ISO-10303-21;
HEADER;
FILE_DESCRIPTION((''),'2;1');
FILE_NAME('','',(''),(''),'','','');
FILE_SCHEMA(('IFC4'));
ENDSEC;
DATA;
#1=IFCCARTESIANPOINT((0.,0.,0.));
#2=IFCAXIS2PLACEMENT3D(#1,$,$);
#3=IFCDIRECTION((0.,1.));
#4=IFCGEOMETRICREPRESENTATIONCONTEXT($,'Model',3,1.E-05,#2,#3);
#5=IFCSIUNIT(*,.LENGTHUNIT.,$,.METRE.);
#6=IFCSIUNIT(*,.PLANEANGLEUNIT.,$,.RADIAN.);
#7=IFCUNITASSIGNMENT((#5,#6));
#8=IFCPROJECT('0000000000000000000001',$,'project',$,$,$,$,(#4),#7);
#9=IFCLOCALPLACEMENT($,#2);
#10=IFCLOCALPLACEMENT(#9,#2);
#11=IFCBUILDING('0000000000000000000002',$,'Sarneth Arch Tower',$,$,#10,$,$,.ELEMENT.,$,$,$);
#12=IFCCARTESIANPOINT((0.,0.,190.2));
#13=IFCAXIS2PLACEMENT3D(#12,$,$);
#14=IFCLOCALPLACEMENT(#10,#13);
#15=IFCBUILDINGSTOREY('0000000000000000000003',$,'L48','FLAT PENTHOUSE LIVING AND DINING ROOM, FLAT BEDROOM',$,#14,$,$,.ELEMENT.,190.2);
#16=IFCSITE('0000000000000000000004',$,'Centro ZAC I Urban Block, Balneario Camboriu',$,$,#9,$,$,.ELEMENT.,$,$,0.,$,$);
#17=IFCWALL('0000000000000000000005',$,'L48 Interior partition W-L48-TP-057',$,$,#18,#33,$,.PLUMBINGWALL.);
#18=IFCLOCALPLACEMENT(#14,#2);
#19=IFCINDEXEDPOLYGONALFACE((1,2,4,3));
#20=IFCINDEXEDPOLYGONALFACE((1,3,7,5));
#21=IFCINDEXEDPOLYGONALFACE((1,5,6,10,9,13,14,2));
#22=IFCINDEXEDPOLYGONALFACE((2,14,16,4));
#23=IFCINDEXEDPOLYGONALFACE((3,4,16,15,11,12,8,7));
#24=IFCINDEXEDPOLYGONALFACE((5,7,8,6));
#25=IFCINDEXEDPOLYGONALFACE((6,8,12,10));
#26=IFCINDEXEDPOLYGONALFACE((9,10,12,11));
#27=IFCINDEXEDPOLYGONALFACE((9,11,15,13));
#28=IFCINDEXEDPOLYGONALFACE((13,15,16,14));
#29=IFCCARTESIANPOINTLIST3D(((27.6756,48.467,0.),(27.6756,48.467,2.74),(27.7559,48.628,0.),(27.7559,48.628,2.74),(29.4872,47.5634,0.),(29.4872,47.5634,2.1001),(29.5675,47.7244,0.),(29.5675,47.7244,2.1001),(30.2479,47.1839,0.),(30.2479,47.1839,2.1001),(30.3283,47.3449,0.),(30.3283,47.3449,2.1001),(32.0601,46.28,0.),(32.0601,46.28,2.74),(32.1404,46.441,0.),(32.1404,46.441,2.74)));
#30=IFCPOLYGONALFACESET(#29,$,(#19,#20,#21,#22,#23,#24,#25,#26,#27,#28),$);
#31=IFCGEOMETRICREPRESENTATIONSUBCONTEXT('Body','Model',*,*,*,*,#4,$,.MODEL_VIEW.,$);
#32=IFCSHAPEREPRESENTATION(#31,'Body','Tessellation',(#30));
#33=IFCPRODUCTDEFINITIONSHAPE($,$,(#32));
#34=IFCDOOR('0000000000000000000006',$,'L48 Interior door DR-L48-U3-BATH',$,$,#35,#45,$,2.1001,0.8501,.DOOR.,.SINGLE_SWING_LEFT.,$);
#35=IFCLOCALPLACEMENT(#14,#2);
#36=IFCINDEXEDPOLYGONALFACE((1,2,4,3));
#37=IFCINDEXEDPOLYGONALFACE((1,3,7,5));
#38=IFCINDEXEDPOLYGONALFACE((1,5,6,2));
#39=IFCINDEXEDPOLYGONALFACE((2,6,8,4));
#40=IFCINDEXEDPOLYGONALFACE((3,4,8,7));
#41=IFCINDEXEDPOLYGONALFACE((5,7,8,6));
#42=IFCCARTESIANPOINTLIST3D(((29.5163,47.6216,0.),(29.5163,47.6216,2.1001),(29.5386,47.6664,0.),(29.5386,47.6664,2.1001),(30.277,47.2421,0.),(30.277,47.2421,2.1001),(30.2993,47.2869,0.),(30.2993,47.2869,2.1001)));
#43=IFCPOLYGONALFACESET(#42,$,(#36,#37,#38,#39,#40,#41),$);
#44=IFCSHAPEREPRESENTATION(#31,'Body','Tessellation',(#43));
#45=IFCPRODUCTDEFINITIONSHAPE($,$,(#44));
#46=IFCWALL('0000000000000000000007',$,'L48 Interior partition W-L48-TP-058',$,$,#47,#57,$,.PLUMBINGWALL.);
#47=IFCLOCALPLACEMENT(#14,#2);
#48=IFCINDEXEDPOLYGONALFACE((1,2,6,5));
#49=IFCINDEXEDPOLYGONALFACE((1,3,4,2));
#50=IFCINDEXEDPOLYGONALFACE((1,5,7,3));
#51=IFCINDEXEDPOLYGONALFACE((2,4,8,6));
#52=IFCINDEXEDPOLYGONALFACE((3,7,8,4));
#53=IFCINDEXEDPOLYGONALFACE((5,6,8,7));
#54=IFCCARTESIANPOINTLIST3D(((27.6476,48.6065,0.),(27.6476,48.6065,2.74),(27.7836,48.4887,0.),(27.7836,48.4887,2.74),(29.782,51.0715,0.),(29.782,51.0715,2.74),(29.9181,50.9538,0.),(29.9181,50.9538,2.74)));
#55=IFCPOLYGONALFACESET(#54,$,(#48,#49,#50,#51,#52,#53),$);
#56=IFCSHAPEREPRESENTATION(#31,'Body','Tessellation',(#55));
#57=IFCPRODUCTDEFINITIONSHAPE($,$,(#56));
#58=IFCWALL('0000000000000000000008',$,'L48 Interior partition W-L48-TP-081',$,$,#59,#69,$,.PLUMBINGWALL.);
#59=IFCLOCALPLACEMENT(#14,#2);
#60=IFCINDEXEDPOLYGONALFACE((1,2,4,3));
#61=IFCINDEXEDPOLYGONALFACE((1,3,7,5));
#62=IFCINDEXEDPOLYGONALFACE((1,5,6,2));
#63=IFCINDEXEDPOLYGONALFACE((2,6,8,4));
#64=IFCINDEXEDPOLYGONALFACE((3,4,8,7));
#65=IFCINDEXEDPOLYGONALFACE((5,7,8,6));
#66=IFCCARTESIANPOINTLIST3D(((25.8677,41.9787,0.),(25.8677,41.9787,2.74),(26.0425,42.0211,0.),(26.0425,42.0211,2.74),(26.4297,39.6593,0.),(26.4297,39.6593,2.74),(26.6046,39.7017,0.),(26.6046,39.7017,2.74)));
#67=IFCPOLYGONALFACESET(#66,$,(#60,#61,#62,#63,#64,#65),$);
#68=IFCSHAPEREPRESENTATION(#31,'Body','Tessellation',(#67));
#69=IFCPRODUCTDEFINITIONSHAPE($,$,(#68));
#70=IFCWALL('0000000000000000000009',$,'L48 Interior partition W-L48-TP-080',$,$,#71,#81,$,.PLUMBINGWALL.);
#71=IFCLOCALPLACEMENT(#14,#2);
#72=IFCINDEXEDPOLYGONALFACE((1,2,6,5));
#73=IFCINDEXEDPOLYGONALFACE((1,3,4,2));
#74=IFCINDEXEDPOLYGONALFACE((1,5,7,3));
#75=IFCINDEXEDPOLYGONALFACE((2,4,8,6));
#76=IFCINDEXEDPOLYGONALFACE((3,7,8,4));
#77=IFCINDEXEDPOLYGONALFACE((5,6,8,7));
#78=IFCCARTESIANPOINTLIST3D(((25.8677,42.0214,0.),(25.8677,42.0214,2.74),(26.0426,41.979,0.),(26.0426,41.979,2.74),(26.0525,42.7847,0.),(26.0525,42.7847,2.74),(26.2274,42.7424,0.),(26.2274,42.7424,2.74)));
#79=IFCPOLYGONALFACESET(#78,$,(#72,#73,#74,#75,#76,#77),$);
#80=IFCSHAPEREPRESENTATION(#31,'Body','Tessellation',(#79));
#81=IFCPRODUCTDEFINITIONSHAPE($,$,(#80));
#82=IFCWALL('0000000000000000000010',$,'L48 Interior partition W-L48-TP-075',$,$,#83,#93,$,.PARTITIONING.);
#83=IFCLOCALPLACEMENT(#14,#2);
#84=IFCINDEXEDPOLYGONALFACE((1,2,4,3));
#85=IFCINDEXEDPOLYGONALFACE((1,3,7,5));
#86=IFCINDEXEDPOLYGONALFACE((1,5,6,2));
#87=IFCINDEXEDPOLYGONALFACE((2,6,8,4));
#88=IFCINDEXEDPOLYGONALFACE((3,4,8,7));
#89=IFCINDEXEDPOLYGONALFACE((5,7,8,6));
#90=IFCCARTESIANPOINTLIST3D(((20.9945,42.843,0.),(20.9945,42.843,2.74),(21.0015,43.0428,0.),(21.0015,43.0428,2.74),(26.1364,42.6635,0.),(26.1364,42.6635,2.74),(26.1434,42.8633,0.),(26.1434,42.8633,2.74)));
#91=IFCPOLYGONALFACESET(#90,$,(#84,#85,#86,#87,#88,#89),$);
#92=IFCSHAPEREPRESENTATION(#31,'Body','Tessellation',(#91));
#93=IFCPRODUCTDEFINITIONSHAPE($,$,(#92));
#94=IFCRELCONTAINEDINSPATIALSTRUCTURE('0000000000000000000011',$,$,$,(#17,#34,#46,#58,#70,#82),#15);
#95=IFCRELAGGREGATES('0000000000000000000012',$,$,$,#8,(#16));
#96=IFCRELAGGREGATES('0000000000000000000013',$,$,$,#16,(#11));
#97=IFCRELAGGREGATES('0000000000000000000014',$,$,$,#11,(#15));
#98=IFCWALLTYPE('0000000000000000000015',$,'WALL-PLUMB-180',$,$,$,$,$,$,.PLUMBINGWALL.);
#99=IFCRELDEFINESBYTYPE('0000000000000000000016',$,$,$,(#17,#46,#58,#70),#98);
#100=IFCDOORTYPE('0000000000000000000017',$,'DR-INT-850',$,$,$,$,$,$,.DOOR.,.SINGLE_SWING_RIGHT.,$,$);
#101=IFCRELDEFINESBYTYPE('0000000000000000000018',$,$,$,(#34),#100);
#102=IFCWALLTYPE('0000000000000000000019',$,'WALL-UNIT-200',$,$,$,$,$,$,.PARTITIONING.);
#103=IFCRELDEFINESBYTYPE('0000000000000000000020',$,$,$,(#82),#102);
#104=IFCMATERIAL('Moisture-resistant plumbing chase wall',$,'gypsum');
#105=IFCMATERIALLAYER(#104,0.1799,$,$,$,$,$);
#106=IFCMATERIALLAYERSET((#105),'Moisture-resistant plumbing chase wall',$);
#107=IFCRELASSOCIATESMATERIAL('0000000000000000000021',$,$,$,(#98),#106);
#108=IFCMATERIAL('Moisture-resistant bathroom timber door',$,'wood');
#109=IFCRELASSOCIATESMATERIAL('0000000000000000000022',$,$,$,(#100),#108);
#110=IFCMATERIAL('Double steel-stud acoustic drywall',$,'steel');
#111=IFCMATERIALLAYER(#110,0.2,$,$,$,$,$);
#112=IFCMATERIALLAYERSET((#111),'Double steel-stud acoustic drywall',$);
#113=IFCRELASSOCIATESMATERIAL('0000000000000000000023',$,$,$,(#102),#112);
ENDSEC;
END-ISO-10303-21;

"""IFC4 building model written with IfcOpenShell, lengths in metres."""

from ifc_helpers import new_model, si_unit, direction, frame, frame_2d, origin, place, context, subcontext, project, spatial, rectangle, extrude, material, layer, layer_set, type_object, element, fill, save


model = new_model("IFC4")

# Units and contexts
model_context = context("Model", 3, precision=1e-05, world=origin(), true_north=direction((0.0, 1.0)))
body_context = subcontext(model_context, "Body", "Model", "MODEL_VIEW")
ifc_project = project(units=[si_unit("LENGTHUNIT", "METRE"), si_unit("PLANEANGLEUNIT", "RADIAN")], contexts=[model_context])

# Site, building, storey
site_placement = place(None, origin())
site = spatial("IfcSite", under=ifc_project, at=site_placement, Name="Centro ZAC I Urban Block, Balneario Camboriu", CompositionType="ELEMENT", RefElevation=0.0)
building_placement = place(site_placement, origin())
building = spatial("IfcBuilding", under=site, at=building_placement, Name="Sarneth Arch Tower", CompositionType="ELEMENT")
storey_placement = place(building_placement, frame((0.0, 0.0, 190.2)))
storey = spatial("IfcBuildingStorey", under=building, at=storey_placement, Name="L48", Description="FLAT PENTHOUSE LIVING AND DINING ROOM, FLAT BEDROOM", CompositionType="ELEMENT", Elevation=190.2)

# Shared definitions
ifc_material_1 = material(Name="Moisture-resistant plumbing chase wall", Category="gypsum")
ifc_layer_1 = layer(ifc_material_1, 0.1799)
ifc_layer_set_1 = layer_set([ifc_layer_1], Name="Moisture-resistant plumbing chase wall")
wall_type_1 = type_object("IfcWallType", Name="WALL-PLUMB-180", PredefinedType="PLUMBINGWALL", material=ifc_layer_set_1)

# Wall, opening, door
wall_1_placement = place(storey_placement, frame((32.1001, 46.3606, 0.0), z_axis=(0.0, 0.0, 1.0), x_axis=(-0.894855, 0.446356, 0.0)))
wall_1 = element("IfcWall", 1, at=wall_1_placement, inside=storey, type_object=wall_type_1, Name="L48 Interior partition W-L48-TP-057", PredefinedType="PLUMBINGWALL", context=body_context, shape_type="SweptSolid", body=[
    extrude(rectangle(XDim=4.8997, YDim=0.1799, at=frame_2d((2.4497, 0.0))), origin(), (0.0, 0.0, 1.0), 2.74),
])
opening_1_placement = place(wall_1_placement, frame((2.0249, 0.0, 0.0)))
opening_1 = element("IfcOpeningElement", 2, at=opening_1_placement, cuts=wall_1, PredefinedType="OPENING", context=body_context, shape_type="SweptSolid", body=[
    extrude(rectangle(XDim=0.8501, YDim=2.1001, at=frame_2d((0.425, 1.05))), frame((0.0, 0.0999, 0.0), z_axis=(0.0, -1.0, 0.0), x_axis=(1.0, 0.0, 0.0)), (0.0, 0.0, 1.0), 0.2),
])
ifc_material_2 = material(Name="Moisture-resistant bathroom timber door", Category="wood")
door_type_1 = type_object("IfcDoorType", Name="DR-INT-850", OperationType="SINGLE_SWING_RIGHT", PredefinedType="DOOR", material=ifc_material_2)
door_1_placement = place(opening_1_placement, origin())
door_1 = element("IfcDoor", 3, at=door_1_placement, inside=storey, type_object=door_type_1, Name="L48 Interior door DR-L48-U3-BATH", OperationType="SINGLE_SWING_LEFT", OverallHeight=2.1001, OverallWidth=0.8501, PredefinedType="DOOR", context=body_context, shape_type="SweptSolid", body=[
    extrude(rectangle(XDim=0.8501, YDim=2.1001, at=frame_2d((0.425, 1.05))), frame((0.0, 0.0249, 0.0), z_axis=(0.0, -1.0, 0.0), x_axis=(1.0, 0.0, 0.0)), (0.0, 0.0, 1.0), 0.05),
])
fill(opening_1, door_1)

# Walls
wall_2_placement = place(storey_placement, frame((27.7156, 48.5476, 0.0), z_axis=(0.0, 0.0, 1.0), x_axis=(0.6546, 0.755976, 0.0)))
element("IfcWall", 4, at=wall_2_placement, inside=storey, type_object=wall_type_1, Name="L48 Interior partition W-L48-TP-058", PredefinedType="PLUMBINGWALL", context=body_context, shape_type="SweptSolid", body=[
    extrude(rectangle(XDim=3.2607, YDim=0.1799, at=frame_2d((1.6304, 0.0))), origin(), (0.0, 0.0, 1.0), 2.74),
])
wall_3_placement = place(storey_placement, frame((25.9551, 42.0, 0.0), z_axis=(0.0, 0.0, 1.0), x_axis=(0.2355, -0.971874, 0.0)))
element("IfcWall", 5, at=wall_3_placement, inside=storey, type_object=wall_type_1, Name="L48 Interior partition W-L48-TP-081", PredefinedType="PLUMBINGWALL", context=body_context, shape_type="SweptSolid", body=[
    extrude(rectangle(XDim=2.3865, YDim=0.1799, at=frame_2d((1.1934, 0.0))), origin(), (0.0, 0.0, 1.0), 2.74),
])
wall_4_placement = place(storey_placement, frame((26.1399, 42.7634, 0.0), z_axis=(0.0, 0.0, 1.0), x_axis=(-0.235289, -0.971926, 0.0)))
element("IfcWall", 6, at=wall_4_placement, inside=storey, type_object=wall_type_1, Name="L48 Interior partition W-L48-TP-080", PredefinedType="PLUMBINGWALL", context=body_context, shape_type="SweptSolid", body=[
    extrude(rectangle(XDim=0.7854, YDim=0.1799, at=frame_2d((0.3926, 0.0))), origin(), (0.0, 0.0, 1.0), 2.74),
])
ifc_material_3 = material(Name="Double steel-stud acoustic drywall", Category="steel")
ifc_layer_2 = layer(ifc_material_3, 0.2)
ifc_layer_set_2 = layer_set([ifc_layer_2], Name="Double steel-stud acoustic drywall")
wall_type_2 = type_object("IfcWallType", Name="WALL-UNIT-200", PredefinedType="PARTITIONING", material=ifc_layer_set_2)
wall_5_placement = place(storey_placement, frame((26.1399, 42.7634, 0.0), z_axis=(0.0, 0.0, 1.0), x_axis=(-0.999392, 0.034877, 0.0)))
element("IfcWall", 7, at=wall_5_placement, inside=storey, type_object=wall_type_2, Name="L48 Interior partition W-L48-TP-075", PredefinedType="PARTITIONING", context=body_context, shape_type="SweptSolid", body=[
    extrude(rectangle(XDim=5.145, YDim=0.2, at=frame_2d((2.5725, 0.0))), origin(), (0.0, 0.0, 1.0), 2.74),
])

save(model, "model.ifc")
